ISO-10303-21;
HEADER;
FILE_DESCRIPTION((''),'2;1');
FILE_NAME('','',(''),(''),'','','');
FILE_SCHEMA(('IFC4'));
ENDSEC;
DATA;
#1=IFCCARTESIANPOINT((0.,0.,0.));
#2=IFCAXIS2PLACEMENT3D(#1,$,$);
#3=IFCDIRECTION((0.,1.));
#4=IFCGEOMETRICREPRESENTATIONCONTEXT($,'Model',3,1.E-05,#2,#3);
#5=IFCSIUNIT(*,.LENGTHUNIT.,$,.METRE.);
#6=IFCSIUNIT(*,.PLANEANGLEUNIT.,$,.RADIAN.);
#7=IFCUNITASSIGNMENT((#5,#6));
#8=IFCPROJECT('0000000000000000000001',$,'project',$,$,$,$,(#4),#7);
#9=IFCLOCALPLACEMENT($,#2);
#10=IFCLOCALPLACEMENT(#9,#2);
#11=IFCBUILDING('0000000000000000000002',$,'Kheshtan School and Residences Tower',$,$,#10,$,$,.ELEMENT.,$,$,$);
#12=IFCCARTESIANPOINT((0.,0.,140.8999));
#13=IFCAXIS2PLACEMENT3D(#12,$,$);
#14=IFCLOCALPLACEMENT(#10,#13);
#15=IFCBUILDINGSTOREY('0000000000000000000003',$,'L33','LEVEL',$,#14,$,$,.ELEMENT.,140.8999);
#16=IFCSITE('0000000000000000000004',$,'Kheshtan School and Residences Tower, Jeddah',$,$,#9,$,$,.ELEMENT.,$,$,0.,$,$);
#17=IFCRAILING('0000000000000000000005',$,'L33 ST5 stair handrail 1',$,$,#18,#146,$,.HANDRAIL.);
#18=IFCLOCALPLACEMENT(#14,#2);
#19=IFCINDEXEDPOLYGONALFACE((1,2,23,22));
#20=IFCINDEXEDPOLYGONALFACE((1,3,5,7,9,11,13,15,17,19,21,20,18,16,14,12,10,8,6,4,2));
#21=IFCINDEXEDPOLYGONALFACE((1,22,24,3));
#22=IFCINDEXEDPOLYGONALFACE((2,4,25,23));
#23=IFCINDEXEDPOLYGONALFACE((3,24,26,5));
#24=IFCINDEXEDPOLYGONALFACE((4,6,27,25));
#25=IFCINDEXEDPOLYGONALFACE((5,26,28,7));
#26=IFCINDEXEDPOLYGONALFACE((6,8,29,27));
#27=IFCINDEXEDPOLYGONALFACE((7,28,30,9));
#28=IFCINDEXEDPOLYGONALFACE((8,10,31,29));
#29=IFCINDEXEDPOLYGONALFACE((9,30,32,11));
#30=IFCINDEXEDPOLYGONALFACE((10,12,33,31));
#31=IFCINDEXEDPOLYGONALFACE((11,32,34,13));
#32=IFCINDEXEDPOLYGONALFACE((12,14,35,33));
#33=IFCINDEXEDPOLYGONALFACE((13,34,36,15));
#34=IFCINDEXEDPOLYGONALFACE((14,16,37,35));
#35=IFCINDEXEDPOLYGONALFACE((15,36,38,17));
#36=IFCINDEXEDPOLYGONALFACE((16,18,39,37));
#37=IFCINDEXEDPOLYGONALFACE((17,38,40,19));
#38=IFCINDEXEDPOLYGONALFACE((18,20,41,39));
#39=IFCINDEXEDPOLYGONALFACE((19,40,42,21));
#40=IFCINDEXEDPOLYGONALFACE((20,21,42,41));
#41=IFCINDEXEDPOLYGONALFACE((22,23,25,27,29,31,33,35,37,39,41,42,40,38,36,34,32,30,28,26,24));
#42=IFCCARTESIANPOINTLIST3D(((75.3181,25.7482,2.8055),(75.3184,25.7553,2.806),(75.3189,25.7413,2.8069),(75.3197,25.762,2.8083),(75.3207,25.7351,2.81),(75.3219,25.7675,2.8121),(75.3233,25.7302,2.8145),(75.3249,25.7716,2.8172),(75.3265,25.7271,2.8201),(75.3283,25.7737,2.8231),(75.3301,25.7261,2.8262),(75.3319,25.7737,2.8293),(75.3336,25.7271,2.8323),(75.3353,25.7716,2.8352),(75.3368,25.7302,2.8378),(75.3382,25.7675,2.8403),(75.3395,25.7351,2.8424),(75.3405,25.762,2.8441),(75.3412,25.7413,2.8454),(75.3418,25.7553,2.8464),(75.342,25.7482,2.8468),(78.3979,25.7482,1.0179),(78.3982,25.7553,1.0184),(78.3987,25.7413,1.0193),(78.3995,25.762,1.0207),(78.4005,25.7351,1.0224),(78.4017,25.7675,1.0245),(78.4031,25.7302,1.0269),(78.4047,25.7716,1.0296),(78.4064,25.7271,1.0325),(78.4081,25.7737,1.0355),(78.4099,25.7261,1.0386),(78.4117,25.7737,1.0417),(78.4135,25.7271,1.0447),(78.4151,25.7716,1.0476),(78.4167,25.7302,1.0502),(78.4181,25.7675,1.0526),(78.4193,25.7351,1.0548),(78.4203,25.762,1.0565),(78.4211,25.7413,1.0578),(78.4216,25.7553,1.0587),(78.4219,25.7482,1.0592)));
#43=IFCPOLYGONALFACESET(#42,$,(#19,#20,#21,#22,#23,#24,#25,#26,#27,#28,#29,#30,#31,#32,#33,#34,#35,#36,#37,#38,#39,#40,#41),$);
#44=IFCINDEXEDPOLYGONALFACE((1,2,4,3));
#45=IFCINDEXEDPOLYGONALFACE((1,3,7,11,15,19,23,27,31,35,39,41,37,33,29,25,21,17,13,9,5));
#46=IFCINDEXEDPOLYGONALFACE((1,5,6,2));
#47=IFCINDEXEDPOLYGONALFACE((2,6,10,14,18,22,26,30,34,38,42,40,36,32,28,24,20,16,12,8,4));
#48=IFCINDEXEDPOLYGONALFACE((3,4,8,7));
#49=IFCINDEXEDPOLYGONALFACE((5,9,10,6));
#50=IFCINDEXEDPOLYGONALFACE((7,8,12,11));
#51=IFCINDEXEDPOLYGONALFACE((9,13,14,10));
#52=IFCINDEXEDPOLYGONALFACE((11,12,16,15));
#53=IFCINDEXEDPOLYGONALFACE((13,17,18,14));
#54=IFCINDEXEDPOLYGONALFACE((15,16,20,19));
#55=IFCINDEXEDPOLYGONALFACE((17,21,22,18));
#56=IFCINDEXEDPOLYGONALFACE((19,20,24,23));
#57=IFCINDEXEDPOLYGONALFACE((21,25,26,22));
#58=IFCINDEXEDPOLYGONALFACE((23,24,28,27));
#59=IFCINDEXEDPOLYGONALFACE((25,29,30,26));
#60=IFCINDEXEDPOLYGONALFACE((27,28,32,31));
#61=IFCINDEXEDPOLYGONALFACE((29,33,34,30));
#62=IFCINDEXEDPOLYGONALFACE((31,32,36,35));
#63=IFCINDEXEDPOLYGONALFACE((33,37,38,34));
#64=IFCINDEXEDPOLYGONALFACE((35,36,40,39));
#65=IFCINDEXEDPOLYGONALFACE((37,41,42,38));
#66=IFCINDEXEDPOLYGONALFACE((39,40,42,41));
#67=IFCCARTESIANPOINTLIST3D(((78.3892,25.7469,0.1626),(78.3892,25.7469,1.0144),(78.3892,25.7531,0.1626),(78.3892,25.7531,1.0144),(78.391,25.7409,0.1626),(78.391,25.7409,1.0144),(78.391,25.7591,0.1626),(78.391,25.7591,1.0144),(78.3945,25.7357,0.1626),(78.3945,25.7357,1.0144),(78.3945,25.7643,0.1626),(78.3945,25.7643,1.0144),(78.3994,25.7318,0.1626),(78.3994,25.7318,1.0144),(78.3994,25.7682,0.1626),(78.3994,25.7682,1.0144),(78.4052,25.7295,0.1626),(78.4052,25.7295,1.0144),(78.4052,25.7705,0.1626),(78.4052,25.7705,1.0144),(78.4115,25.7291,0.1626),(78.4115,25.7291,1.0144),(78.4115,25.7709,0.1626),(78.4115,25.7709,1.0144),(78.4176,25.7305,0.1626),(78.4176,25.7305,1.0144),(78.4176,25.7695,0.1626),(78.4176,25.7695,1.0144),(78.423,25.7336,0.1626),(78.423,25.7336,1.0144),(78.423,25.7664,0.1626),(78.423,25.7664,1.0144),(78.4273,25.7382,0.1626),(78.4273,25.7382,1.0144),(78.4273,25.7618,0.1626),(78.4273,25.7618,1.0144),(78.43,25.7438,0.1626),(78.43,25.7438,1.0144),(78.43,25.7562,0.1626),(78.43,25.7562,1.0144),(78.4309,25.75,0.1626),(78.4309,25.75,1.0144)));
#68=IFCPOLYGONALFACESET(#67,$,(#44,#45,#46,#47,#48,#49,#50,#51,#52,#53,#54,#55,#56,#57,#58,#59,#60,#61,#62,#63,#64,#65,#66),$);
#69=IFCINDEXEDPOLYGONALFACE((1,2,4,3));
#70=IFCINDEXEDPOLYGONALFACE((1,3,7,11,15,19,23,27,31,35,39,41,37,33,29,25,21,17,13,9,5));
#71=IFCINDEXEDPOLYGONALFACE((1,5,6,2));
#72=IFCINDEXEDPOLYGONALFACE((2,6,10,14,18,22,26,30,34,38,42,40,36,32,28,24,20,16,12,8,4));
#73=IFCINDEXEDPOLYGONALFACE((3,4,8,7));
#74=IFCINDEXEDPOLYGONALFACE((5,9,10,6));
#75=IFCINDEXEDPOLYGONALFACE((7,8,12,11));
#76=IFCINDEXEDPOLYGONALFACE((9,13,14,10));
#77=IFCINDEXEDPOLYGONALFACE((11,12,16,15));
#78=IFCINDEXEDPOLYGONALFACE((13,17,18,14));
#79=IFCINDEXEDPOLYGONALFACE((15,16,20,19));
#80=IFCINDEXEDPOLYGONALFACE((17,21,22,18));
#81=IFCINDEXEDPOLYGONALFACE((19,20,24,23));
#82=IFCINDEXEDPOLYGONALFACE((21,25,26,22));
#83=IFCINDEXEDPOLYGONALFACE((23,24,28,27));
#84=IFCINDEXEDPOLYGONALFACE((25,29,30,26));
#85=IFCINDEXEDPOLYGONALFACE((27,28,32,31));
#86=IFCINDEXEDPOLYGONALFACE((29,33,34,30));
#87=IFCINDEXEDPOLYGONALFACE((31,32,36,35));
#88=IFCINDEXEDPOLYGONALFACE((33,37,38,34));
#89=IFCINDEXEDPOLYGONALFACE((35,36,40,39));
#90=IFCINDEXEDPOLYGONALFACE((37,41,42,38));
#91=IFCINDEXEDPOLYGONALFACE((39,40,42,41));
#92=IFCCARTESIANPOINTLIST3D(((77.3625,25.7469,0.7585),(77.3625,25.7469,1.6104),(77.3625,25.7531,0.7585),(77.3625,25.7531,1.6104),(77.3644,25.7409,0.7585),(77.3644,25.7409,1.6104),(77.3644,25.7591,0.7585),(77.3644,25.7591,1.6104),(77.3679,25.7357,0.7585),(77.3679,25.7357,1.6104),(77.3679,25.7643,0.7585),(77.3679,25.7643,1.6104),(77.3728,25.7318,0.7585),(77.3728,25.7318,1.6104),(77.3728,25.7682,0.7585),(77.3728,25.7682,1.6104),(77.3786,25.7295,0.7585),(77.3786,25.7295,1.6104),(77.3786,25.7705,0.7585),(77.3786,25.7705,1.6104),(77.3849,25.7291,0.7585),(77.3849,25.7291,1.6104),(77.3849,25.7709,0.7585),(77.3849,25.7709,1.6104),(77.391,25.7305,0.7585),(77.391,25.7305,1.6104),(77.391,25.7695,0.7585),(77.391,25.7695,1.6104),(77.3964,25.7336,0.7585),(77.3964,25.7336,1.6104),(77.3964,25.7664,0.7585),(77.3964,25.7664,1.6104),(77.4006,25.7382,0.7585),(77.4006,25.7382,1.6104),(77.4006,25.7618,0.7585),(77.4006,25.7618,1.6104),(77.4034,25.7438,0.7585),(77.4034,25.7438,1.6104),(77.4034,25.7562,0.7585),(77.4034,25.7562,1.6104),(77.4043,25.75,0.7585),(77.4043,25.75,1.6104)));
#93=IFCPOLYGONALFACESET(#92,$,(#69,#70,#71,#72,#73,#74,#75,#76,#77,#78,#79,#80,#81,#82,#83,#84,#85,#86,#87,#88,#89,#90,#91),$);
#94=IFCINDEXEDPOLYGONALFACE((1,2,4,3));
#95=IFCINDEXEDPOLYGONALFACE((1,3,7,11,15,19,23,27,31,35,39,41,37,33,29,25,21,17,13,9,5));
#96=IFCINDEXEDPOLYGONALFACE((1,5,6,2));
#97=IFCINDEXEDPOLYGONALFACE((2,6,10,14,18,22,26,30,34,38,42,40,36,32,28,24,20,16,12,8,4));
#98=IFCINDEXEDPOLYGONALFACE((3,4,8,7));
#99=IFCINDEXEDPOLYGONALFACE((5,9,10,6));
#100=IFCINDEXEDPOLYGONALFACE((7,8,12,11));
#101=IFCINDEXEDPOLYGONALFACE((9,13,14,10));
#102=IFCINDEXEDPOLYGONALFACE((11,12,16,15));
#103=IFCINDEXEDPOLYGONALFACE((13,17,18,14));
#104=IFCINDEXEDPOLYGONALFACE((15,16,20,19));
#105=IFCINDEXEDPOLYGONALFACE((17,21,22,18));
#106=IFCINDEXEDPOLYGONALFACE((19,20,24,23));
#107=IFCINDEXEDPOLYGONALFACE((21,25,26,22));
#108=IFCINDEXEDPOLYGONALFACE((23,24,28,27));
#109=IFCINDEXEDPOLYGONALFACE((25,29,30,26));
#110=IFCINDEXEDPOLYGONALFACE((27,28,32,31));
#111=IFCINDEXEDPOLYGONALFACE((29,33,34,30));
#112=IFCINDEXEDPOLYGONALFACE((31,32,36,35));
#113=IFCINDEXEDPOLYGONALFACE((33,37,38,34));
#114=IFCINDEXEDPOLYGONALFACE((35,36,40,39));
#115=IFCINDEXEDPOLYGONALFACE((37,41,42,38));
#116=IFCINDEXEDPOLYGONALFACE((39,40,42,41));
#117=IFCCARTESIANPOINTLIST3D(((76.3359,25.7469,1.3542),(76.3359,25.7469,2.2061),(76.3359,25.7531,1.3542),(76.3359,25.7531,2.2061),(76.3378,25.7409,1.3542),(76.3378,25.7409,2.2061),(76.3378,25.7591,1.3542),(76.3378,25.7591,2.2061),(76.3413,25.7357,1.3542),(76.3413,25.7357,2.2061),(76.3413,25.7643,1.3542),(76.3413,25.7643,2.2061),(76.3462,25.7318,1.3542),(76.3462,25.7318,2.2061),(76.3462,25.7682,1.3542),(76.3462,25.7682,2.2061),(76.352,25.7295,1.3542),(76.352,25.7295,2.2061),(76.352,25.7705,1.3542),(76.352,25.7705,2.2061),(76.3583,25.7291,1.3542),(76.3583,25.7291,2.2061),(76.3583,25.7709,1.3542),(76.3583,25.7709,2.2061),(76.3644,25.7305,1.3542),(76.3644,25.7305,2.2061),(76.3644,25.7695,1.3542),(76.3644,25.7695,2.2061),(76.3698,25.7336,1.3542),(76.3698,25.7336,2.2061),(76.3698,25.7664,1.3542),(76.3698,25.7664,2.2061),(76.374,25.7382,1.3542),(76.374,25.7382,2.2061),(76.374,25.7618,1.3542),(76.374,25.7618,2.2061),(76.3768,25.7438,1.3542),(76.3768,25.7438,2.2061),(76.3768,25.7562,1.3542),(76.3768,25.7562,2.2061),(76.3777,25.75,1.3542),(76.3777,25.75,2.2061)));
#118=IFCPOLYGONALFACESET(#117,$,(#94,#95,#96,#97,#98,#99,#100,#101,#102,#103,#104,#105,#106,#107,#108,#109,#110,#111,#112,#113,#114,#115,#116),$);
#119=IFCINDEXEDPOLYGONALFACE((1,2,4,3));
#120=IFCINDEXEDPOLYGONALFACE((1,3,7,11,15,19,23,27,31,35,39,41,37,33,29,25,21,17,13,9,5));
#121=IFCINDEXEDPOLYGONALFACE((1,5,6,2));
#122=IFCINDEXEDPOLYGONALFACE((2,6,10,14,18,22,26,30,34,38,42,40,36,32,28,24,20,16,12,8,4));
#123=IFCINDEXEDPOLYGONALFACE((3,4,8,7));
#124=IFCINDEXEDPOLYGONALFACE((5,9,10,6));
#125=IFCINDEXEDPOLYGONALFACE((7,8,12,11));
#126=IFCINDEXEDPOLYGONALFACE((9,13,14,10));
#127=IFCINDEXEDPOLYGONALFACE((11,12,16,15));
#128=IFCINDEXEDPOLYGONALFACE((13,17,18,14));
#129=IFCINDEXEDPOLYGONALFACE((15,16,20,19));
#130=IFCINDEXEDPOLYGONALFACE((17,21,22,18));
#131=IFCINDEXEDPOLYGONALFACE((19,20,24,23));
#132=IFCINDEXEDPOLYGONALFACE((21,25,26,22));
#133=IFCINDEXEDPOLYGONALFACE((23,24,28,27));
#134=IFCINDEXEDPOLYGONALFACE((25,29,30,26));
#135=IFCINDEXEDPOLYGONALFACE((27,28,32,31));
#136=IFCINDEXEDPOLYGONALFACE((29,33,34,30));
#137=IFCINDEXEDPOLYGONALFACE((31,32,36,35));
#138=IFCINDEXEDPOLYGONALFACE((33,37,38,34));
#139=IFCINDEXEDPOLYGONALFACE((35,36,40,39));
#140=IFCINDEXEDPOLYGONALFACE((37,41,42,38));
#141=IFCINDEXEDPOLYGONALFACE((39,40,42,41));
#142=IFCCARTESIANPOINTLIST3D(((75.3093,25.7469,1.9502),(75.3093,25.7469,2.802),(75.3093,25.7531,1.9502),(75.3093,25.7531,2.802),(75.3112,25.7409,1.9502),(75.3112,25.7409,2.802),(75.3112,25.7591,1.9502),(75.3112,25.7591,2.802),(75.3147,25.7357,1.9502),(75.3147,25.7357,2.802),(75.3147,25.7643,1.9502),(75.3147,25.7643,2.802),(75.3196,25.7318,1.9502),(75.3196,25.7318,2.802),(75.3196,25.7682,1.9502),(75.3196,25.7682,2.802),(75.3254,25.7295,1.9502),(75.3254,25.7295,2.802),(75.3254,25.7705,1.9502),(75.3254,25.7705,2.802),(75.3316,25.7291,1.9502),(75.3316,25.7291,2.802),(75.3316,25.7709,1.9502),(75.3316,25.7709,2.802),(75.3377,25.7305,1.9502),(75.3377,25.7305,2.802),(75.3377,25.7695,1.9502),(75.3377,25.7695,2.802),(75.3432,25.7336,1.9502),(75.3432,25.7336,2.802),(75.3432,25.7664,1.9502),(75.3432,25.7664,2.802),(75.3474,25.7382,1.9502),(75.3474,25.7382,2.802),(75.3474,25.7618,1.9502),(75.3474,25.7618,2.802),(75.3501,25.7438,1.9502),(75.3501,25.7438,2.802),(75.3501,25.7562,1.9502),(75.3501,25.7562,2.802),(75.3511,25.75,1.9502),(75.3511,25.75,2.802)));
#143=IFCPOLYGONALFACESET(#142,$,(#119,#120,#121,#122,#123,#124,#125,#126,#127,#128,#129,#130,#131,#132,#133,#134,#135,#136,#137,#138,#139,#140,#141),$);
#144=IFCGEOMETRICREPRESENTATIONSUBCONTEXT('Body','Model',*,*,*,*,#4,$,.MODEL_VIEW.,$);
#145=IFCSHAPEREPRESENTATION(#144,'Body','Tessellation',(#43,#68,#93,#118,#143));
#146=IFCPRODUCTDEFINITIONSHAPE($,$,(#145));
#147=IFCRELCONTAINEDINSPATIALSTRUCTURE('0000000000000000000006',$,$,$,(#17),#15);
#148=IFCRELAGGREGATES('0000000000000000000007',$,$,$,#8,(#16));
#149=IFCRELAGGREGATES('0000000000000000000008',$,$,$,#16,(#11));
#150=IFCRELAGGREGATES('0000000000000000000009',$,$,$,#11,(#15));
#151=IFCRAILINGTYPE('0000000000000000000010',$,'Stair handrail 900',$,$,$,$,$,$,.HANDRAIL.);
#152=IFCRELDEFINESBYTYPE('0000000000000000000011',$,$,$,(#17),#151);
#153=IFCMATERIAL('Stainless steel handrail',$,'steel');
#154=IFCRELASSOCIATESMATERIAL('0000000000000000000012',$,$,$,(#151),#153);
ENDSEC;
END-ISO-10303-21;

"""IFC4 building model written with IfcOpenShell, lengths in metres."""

from ifc_helpers import new_model, si_unit, direction, frame, origin, origin_2d, place, context, subcontext, project, spatial, circle, extrude, material, type_object, element, save


model = new_model("IFC4")

# Units and contexts
model_context = context("Model", 3, precision=1e-05, world=origin(), true_north=direction((0.0, 1.0)))
body_context = subcontext(model_context, "Body", "Model", "MODEL_VIEW")
ifc_project = project(units=[si_unit("LENGTHUNIT", "METRE"), si_unit("PLANEANGLEUNIT", "RADIAN")], contexts=[model_context])

# Site, building, storey
site_placement = place(None, origin())
site = spatial("IfcSite", under=ifc_project, at=site_placement, Name="Kheshtan School and Residences Tower, Jeddah", CompositionType="ELEMENT", RefElevation=0.0)
building_placement = place(site_placement, origin())
building = spatial("IfcBuilding", under=site, at=building_placement, Name="Kheshtan School and Residences Tower", CompositionType="ELEMENT")
storey_placement = place(building_placement, frame((0.0, 0.0, 140.8999)))
storey = spatial("IfcBuildingStorey", under=building, at=storey_placement, Name="L33", Description="LEVEL", CompositionType="ELEMENT", Elevation=140.8999)

# Railing
ifc_material_1 = material(Name="Stainless steel handrail", Category="steel")
railing_type_1 = type_object("IfcRailingType", Name="Stair handrail 900", PredefinedType="HANDRAIL", material=ifc_material_1)
railing_1_placement = place(storey_placement, frame((78.4099, 25.75, 0.1626)))
element("IfcRailing", 1, at=railing_1_placement, inside=storey, type_object=railing_type_1, Name="L33 ST5 stair handrail 1", PredefinedType="HANDRAIL", context=body_context, shape_type="SweptSolid", body=[
    extrude(circle(Radius=0.0239, at=origin_2d()), frame((0.0, 0.0, 0.876), z_axis=(-0.864873, 0.0, 0.50199), x_axis=(0.0, -1.0, 0.0)), (0.0, 0.0, 1.0), 3.561),
    extrude(circle(Radius=0.021, at=origin_2d()), origin(), (0.0, 0.0, 1.0), 0.8518),
    extrude(circle(Radius=0.021, at=origin_2d()), frame((-1.0266, 0.0, 0.5959)), (0.0, 0.0, 1.0), 0.8518),
    extrude(circle(Radius=0.021, at=origin_2d()), frame((-2.0532, 0.0, 1.1917)), (0.0, 0.0, 1.0), 0.8518),
    extrude(circle(Radius=0.021, at=origin_2d()), frame((-3.0798, 0.0, 1.7876)), (0.0, 0.0, 1.0), 0.8518),
])

save(model, "model.ifc")
